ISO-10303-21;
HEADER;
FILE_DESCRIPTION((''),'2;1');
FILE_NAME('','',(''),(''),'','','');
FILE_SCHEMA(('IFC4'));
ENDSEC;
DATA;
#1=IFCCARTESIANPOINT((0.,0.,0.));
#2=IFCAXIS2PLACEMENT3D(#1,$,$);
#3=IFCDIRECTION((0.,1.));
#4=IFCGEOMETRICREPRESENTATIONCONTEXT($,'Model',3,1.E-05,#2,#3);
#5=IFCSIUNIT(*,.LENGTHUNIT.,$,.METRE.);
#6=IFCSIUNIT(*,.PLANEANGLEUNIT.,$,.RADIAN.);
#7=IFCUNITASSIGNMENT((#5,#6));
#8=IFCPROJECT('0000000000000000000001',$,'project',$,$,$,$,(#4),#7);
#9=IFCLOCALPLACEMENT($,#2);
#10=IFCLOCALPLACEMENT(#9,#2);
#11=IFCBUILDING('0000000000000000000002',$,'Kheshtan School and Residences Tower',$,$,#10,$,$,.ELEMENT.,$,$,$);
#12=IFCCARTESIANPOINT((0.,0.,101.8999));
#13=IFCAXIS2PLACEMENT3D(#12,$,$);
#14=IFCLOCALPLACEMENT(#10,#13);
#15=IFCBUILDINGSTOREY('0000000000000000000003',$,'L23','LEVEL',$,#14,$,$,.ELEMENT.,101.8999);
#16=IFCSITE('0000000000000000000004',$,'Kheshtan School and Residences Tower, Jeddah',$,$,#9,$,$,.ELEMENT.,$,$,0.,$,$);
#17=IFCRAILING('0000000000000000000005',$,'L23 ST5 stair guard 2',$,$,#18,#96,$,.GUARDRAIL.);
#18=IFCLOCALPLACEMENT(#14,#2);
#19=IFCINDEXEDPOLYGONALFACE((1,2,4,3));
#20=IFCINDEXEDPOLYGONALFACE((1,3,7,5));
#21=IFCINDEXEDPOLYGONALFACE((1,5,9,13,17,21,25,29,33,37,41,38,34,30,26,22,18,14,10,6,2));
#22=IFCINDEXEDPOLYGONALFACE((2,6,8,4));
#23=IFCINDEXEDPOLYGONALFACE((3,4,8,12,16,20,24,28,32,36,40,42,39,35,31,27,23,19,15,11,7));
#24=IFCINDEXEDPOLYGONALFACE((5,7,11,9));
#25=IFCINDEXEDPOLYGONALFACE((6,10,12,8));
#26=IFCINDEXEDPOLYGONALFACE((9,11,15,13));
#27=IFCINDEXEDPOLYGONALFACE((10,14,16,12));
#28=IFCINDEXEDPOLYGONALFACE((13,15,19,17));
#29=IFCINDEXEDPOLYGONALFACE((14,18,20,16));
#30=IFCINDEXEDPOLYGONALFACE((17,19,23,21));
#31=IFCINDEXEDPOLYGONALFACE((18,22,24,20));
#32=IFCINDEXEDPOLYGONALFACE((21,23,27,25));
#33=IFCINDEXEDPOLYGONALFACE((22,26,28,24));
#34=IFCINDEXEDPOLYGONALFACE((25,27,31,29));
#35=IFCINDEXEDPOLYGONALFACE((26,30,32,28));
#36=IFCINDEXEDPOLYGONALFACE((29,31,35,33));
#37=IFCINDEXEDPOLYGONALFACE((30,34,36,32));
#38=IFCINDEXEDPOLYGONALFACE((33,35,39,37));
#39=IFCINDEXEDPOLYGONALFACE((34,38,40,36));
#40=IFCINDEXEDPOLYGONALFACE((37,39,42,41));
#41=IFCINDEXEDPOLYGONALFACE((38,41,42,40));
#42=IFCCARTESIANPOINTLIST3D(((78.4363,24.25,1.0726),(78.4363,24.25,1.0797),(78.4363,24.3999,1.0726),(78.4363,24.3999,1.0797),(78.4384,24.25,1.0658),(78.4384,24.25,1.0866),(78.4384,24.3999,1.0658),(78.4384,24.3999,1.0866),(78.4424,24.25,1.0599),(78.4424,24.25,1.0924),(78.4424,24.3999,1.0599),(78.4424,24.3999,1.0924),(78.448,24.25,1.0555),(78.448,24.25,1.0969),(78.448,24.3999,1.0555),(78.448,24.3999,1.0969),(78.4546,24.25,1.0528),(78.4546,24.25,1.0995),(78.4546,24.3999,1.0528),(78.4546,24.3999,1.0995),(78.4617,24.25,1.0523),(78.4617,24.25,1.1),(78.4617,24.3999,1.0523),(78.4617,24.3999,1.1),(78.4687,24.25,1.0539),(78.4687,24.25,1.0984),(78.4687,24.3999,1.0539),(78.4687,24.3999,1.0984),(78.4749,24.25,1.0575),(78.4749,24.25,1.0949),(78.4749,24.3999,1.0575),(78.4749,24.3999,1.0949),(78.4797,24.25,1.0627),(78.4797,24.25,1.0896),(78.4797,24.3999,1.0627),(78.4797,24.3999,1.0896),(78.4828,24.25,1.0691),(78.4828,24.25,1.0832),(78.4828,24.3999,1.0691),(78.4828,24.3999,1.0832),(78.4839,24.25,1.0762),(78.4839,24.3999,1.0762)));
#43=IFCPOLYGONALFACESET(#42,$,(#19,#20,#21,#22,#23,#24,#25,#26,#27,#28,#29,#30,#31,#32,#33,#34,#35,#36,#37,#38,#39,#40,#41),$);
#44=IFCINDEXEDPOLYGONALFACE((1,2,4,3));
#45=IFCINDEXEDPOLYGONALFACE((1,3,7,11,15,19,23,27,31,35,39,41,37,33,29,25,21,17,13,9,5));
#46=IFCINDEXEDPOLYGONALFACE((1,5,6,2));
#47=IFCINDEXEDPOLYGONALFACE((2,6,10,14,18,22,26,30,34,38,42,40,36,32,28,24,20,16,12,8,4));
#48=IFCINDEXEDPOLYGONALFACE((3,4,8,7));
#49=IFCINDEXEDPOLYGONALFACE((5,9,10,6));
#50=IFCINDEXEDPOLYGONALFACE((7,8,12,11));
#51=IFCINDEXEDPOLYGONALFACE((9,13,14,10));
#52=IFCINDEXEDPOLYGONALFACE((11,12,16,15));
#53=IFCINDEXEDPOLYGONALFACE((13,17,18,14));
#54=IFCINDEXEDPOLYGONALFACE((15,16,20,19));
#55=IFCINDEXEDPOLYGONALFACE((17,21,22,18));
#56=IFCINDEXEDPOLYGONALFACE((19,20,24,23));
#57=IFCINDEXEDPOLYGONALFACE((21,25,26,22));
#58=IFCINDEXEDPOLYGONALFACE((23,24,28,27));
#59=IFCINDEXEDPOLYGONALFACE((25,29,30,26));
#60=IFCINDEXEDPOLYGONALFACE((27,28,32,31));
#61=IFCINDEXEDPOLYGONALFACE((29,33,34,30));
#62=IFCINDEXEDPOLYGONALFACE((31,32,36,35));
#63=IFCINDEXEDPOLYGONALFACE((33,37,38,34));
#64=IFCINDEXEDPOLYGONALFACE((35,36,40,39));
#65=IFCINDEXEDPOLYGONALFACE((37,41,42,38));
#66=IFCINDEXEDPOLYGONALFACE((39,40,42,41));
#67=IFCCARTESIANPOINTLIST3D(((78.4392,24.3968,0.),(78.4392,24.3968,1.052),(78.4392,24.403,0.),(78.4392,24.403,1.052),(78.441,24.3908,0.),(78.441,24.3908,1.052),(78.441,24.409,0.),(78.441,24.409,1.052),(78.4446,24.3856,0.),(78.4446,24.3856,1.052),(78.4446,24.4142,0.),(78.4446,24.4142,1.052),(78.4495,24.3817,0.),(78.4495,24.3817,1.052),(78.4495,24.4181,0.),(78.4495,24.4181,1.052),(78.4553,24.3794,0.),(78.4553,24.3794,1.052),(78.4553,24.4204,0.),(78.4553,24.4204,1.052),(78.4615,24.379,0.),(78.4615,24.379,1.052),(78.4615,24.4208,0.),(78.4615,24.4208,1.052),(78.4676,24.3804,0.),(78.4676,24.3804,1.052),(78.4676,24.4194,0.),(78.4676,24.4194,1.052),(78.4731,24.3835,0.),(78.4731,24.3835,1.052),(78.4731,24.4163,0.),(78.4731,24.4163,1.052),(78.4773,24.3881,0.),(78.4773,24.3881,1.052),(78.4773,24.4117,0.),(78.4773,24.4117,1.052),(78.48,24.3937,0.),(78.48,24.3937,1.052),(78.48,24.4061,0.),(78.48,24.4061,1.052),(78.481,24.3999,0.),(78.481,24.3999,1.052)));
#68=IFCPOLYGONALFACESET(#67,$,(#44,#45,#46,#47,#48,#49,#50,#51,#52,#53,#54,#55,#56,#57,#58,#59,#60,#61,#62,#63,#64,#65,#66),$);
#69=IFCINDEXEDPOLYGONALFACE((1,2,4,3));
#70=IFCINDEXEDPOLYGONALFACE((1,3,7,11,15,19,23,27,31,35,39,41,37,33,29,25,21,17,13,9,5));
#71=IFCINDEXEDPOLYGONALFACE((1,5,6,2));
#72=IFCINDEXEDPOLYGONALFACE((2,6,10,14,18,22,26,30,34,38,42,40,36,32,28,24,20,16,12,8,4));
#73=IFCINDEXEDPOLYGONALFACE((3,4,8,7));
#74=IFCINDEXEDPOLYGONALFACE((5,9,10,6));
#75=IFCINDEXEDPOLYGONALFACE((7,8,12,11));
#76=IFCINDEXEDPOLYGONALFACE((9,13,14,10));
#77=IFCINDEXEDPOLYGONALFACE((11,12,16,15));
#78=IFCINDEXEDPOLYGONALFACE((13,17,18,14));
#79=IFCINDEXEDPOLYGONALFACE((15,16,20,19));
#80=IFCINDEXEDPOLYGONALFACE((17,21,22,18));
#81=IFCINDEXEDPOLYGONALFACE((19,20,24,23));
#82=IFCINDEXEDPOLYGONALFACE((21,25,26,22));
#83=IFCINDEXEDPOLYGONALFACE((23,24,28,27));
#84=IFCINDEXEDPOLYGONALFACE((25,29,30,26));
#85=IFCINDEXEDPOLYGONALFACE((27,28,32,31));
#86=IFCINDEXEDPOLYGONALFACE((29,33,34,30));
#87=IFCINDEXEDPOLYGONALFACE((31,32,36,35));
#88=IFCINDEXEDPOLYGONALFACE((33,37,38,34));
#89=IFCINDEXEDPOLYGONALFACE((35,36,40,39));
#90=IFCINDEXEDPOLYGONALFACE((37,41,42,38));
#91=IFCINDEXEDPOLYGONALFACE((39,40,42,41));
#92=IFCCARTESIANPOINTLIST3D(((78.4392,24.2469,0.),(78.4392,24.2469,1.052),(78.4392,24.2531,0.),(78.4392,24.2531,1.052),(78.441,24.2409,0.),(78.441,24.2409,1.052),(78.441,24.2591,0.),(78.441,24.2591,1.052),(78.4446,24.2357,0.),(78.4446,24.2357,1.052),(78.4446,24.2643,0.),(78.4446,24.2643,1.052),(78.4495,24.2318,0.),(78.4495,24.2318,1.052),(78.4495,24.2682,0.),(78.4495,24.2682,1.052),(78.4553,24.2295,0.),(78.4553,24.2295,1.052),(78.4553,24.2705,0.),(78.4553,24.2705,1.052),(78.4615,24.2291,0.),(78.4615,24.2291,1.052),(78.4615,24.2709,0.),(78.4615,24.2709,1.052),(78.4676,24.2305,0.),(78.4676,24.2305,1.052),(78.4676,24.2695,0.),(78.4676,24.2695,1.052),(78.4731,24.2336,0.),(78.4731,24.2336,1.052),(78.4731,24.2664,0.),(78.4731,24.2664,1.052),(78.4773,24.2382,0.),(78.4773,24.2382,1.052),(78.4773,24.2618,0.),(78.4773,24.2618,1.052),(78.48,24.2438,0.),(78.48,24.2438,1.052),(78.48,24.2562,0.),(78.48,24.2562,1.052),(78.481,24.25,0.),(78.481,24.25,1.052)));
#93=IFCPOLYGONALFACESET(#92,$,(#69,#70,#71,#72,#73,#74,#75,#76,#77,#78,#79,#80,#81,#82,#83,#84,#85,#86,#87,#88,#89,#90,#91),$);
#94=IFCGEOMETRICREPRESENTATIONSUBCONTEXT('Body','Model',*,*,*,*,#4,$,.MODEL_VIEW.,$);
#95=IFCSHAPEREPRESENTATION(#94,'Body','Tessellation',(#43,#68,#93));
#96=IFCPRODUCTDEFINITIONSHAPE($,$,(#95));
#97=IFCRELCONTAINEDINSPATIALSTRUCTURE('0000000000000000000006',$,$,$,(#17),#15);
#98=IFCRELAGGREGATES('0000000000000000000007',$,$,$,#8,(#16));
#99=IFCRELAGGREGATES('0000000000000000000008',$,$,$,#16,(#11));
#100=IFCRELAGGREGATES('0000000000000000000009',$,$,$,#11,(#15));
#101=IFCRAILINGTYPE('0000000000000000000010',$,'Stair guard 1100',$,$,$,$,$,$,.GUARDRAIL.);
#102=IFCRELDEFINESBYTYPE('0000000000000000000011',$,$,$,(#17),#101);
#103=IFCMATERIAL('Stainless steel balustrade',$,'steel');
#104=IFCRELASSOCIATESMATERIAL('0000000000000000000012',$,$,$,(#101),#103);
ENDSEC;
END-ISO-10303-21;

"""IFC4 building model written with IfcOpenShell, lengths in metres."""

from ifc_helpers import new_model, si_unit, direction, frame, origin, origin_2d, place, context, subcontext, project, spatial, circle, extrude, material, type_object, element, save


model = new_model("IFC4")

# Units and contexts
model_context = context("Model", 3, precision=1e-05, world=origin(), true_north=direction((0.0, 1.0)))
body_context = subcontext(model_context, "Body", "Model", "MODEL_VIEW")
ifc_project = project(units=[si_unit("LENGTHUNIT", "METRE"), si_unit("PLANEANGLEUNIT", "RADIAN")], contexts=[model_context])

# Site, building, storey
site_placement = place(None, origin())
site = spatial("IfcSite", under=ifc_project, at=site_placement, Name="Kheshtan School and Residences Tower, Jeddah", CompositionType="ELEMENT", RefElevation=0.0)
building_placement = place(site_placement, origin())
building = spatial("IfcBuilding", under=site, at=building_placement, Name="Kheshtan School and Residences Tower", CompositionType="ELEMENT")
storey_placement = place(building_placement, frame((0.0, 0.0, 101.8999)))
storey = spatial("IfcBuildingStorey", under=building, at=storey_placement, Name="L23", Description="LEVEL", CompositionType="ELEMENT", Elevation=101.8999)

# Railing
ifc_material_1 = material(Name="Stainless steel balustrade", Category="steel")
railing_type_1 = type_object("IfcRailingType", Name="Stair guard 1100", PredefinedType="GUARDRAIL", material=ifc_material_1)
railing_1_placement = place(storey_placement, frame((78.46, 24.3999, 0.0)))
element("IfcRailing", 1, at=railing_1_placement, inside=storey, type_object=railing_type_1, Name="L23 ST5 stair guard 2", PredefinedType="GUARDRAIL", context=body_context, shape_type="SweptSolid", body=[
    extrude(circle(Radius=0.0239, at=origin_2d()), frame((0.0, 0.0, 1.0762), z_axis=(0.0, -1.0, 0.0), x_axis=(1.0, 0.0, 0.0)), (0.0, 0.0, 1.0), 0.1499),
    extrude(circle(Radius=0.021, at=origin_2d()), origin(), (0.0, 0.0, 1.0), 1.052),
    extrude(circle(Radius=0.021, at=origin_2d()), frame((0.0, -0.1499, 0.0)), (0.0, 0.0, 1.0), 1.052),
])

save(model, "model.ifc")
